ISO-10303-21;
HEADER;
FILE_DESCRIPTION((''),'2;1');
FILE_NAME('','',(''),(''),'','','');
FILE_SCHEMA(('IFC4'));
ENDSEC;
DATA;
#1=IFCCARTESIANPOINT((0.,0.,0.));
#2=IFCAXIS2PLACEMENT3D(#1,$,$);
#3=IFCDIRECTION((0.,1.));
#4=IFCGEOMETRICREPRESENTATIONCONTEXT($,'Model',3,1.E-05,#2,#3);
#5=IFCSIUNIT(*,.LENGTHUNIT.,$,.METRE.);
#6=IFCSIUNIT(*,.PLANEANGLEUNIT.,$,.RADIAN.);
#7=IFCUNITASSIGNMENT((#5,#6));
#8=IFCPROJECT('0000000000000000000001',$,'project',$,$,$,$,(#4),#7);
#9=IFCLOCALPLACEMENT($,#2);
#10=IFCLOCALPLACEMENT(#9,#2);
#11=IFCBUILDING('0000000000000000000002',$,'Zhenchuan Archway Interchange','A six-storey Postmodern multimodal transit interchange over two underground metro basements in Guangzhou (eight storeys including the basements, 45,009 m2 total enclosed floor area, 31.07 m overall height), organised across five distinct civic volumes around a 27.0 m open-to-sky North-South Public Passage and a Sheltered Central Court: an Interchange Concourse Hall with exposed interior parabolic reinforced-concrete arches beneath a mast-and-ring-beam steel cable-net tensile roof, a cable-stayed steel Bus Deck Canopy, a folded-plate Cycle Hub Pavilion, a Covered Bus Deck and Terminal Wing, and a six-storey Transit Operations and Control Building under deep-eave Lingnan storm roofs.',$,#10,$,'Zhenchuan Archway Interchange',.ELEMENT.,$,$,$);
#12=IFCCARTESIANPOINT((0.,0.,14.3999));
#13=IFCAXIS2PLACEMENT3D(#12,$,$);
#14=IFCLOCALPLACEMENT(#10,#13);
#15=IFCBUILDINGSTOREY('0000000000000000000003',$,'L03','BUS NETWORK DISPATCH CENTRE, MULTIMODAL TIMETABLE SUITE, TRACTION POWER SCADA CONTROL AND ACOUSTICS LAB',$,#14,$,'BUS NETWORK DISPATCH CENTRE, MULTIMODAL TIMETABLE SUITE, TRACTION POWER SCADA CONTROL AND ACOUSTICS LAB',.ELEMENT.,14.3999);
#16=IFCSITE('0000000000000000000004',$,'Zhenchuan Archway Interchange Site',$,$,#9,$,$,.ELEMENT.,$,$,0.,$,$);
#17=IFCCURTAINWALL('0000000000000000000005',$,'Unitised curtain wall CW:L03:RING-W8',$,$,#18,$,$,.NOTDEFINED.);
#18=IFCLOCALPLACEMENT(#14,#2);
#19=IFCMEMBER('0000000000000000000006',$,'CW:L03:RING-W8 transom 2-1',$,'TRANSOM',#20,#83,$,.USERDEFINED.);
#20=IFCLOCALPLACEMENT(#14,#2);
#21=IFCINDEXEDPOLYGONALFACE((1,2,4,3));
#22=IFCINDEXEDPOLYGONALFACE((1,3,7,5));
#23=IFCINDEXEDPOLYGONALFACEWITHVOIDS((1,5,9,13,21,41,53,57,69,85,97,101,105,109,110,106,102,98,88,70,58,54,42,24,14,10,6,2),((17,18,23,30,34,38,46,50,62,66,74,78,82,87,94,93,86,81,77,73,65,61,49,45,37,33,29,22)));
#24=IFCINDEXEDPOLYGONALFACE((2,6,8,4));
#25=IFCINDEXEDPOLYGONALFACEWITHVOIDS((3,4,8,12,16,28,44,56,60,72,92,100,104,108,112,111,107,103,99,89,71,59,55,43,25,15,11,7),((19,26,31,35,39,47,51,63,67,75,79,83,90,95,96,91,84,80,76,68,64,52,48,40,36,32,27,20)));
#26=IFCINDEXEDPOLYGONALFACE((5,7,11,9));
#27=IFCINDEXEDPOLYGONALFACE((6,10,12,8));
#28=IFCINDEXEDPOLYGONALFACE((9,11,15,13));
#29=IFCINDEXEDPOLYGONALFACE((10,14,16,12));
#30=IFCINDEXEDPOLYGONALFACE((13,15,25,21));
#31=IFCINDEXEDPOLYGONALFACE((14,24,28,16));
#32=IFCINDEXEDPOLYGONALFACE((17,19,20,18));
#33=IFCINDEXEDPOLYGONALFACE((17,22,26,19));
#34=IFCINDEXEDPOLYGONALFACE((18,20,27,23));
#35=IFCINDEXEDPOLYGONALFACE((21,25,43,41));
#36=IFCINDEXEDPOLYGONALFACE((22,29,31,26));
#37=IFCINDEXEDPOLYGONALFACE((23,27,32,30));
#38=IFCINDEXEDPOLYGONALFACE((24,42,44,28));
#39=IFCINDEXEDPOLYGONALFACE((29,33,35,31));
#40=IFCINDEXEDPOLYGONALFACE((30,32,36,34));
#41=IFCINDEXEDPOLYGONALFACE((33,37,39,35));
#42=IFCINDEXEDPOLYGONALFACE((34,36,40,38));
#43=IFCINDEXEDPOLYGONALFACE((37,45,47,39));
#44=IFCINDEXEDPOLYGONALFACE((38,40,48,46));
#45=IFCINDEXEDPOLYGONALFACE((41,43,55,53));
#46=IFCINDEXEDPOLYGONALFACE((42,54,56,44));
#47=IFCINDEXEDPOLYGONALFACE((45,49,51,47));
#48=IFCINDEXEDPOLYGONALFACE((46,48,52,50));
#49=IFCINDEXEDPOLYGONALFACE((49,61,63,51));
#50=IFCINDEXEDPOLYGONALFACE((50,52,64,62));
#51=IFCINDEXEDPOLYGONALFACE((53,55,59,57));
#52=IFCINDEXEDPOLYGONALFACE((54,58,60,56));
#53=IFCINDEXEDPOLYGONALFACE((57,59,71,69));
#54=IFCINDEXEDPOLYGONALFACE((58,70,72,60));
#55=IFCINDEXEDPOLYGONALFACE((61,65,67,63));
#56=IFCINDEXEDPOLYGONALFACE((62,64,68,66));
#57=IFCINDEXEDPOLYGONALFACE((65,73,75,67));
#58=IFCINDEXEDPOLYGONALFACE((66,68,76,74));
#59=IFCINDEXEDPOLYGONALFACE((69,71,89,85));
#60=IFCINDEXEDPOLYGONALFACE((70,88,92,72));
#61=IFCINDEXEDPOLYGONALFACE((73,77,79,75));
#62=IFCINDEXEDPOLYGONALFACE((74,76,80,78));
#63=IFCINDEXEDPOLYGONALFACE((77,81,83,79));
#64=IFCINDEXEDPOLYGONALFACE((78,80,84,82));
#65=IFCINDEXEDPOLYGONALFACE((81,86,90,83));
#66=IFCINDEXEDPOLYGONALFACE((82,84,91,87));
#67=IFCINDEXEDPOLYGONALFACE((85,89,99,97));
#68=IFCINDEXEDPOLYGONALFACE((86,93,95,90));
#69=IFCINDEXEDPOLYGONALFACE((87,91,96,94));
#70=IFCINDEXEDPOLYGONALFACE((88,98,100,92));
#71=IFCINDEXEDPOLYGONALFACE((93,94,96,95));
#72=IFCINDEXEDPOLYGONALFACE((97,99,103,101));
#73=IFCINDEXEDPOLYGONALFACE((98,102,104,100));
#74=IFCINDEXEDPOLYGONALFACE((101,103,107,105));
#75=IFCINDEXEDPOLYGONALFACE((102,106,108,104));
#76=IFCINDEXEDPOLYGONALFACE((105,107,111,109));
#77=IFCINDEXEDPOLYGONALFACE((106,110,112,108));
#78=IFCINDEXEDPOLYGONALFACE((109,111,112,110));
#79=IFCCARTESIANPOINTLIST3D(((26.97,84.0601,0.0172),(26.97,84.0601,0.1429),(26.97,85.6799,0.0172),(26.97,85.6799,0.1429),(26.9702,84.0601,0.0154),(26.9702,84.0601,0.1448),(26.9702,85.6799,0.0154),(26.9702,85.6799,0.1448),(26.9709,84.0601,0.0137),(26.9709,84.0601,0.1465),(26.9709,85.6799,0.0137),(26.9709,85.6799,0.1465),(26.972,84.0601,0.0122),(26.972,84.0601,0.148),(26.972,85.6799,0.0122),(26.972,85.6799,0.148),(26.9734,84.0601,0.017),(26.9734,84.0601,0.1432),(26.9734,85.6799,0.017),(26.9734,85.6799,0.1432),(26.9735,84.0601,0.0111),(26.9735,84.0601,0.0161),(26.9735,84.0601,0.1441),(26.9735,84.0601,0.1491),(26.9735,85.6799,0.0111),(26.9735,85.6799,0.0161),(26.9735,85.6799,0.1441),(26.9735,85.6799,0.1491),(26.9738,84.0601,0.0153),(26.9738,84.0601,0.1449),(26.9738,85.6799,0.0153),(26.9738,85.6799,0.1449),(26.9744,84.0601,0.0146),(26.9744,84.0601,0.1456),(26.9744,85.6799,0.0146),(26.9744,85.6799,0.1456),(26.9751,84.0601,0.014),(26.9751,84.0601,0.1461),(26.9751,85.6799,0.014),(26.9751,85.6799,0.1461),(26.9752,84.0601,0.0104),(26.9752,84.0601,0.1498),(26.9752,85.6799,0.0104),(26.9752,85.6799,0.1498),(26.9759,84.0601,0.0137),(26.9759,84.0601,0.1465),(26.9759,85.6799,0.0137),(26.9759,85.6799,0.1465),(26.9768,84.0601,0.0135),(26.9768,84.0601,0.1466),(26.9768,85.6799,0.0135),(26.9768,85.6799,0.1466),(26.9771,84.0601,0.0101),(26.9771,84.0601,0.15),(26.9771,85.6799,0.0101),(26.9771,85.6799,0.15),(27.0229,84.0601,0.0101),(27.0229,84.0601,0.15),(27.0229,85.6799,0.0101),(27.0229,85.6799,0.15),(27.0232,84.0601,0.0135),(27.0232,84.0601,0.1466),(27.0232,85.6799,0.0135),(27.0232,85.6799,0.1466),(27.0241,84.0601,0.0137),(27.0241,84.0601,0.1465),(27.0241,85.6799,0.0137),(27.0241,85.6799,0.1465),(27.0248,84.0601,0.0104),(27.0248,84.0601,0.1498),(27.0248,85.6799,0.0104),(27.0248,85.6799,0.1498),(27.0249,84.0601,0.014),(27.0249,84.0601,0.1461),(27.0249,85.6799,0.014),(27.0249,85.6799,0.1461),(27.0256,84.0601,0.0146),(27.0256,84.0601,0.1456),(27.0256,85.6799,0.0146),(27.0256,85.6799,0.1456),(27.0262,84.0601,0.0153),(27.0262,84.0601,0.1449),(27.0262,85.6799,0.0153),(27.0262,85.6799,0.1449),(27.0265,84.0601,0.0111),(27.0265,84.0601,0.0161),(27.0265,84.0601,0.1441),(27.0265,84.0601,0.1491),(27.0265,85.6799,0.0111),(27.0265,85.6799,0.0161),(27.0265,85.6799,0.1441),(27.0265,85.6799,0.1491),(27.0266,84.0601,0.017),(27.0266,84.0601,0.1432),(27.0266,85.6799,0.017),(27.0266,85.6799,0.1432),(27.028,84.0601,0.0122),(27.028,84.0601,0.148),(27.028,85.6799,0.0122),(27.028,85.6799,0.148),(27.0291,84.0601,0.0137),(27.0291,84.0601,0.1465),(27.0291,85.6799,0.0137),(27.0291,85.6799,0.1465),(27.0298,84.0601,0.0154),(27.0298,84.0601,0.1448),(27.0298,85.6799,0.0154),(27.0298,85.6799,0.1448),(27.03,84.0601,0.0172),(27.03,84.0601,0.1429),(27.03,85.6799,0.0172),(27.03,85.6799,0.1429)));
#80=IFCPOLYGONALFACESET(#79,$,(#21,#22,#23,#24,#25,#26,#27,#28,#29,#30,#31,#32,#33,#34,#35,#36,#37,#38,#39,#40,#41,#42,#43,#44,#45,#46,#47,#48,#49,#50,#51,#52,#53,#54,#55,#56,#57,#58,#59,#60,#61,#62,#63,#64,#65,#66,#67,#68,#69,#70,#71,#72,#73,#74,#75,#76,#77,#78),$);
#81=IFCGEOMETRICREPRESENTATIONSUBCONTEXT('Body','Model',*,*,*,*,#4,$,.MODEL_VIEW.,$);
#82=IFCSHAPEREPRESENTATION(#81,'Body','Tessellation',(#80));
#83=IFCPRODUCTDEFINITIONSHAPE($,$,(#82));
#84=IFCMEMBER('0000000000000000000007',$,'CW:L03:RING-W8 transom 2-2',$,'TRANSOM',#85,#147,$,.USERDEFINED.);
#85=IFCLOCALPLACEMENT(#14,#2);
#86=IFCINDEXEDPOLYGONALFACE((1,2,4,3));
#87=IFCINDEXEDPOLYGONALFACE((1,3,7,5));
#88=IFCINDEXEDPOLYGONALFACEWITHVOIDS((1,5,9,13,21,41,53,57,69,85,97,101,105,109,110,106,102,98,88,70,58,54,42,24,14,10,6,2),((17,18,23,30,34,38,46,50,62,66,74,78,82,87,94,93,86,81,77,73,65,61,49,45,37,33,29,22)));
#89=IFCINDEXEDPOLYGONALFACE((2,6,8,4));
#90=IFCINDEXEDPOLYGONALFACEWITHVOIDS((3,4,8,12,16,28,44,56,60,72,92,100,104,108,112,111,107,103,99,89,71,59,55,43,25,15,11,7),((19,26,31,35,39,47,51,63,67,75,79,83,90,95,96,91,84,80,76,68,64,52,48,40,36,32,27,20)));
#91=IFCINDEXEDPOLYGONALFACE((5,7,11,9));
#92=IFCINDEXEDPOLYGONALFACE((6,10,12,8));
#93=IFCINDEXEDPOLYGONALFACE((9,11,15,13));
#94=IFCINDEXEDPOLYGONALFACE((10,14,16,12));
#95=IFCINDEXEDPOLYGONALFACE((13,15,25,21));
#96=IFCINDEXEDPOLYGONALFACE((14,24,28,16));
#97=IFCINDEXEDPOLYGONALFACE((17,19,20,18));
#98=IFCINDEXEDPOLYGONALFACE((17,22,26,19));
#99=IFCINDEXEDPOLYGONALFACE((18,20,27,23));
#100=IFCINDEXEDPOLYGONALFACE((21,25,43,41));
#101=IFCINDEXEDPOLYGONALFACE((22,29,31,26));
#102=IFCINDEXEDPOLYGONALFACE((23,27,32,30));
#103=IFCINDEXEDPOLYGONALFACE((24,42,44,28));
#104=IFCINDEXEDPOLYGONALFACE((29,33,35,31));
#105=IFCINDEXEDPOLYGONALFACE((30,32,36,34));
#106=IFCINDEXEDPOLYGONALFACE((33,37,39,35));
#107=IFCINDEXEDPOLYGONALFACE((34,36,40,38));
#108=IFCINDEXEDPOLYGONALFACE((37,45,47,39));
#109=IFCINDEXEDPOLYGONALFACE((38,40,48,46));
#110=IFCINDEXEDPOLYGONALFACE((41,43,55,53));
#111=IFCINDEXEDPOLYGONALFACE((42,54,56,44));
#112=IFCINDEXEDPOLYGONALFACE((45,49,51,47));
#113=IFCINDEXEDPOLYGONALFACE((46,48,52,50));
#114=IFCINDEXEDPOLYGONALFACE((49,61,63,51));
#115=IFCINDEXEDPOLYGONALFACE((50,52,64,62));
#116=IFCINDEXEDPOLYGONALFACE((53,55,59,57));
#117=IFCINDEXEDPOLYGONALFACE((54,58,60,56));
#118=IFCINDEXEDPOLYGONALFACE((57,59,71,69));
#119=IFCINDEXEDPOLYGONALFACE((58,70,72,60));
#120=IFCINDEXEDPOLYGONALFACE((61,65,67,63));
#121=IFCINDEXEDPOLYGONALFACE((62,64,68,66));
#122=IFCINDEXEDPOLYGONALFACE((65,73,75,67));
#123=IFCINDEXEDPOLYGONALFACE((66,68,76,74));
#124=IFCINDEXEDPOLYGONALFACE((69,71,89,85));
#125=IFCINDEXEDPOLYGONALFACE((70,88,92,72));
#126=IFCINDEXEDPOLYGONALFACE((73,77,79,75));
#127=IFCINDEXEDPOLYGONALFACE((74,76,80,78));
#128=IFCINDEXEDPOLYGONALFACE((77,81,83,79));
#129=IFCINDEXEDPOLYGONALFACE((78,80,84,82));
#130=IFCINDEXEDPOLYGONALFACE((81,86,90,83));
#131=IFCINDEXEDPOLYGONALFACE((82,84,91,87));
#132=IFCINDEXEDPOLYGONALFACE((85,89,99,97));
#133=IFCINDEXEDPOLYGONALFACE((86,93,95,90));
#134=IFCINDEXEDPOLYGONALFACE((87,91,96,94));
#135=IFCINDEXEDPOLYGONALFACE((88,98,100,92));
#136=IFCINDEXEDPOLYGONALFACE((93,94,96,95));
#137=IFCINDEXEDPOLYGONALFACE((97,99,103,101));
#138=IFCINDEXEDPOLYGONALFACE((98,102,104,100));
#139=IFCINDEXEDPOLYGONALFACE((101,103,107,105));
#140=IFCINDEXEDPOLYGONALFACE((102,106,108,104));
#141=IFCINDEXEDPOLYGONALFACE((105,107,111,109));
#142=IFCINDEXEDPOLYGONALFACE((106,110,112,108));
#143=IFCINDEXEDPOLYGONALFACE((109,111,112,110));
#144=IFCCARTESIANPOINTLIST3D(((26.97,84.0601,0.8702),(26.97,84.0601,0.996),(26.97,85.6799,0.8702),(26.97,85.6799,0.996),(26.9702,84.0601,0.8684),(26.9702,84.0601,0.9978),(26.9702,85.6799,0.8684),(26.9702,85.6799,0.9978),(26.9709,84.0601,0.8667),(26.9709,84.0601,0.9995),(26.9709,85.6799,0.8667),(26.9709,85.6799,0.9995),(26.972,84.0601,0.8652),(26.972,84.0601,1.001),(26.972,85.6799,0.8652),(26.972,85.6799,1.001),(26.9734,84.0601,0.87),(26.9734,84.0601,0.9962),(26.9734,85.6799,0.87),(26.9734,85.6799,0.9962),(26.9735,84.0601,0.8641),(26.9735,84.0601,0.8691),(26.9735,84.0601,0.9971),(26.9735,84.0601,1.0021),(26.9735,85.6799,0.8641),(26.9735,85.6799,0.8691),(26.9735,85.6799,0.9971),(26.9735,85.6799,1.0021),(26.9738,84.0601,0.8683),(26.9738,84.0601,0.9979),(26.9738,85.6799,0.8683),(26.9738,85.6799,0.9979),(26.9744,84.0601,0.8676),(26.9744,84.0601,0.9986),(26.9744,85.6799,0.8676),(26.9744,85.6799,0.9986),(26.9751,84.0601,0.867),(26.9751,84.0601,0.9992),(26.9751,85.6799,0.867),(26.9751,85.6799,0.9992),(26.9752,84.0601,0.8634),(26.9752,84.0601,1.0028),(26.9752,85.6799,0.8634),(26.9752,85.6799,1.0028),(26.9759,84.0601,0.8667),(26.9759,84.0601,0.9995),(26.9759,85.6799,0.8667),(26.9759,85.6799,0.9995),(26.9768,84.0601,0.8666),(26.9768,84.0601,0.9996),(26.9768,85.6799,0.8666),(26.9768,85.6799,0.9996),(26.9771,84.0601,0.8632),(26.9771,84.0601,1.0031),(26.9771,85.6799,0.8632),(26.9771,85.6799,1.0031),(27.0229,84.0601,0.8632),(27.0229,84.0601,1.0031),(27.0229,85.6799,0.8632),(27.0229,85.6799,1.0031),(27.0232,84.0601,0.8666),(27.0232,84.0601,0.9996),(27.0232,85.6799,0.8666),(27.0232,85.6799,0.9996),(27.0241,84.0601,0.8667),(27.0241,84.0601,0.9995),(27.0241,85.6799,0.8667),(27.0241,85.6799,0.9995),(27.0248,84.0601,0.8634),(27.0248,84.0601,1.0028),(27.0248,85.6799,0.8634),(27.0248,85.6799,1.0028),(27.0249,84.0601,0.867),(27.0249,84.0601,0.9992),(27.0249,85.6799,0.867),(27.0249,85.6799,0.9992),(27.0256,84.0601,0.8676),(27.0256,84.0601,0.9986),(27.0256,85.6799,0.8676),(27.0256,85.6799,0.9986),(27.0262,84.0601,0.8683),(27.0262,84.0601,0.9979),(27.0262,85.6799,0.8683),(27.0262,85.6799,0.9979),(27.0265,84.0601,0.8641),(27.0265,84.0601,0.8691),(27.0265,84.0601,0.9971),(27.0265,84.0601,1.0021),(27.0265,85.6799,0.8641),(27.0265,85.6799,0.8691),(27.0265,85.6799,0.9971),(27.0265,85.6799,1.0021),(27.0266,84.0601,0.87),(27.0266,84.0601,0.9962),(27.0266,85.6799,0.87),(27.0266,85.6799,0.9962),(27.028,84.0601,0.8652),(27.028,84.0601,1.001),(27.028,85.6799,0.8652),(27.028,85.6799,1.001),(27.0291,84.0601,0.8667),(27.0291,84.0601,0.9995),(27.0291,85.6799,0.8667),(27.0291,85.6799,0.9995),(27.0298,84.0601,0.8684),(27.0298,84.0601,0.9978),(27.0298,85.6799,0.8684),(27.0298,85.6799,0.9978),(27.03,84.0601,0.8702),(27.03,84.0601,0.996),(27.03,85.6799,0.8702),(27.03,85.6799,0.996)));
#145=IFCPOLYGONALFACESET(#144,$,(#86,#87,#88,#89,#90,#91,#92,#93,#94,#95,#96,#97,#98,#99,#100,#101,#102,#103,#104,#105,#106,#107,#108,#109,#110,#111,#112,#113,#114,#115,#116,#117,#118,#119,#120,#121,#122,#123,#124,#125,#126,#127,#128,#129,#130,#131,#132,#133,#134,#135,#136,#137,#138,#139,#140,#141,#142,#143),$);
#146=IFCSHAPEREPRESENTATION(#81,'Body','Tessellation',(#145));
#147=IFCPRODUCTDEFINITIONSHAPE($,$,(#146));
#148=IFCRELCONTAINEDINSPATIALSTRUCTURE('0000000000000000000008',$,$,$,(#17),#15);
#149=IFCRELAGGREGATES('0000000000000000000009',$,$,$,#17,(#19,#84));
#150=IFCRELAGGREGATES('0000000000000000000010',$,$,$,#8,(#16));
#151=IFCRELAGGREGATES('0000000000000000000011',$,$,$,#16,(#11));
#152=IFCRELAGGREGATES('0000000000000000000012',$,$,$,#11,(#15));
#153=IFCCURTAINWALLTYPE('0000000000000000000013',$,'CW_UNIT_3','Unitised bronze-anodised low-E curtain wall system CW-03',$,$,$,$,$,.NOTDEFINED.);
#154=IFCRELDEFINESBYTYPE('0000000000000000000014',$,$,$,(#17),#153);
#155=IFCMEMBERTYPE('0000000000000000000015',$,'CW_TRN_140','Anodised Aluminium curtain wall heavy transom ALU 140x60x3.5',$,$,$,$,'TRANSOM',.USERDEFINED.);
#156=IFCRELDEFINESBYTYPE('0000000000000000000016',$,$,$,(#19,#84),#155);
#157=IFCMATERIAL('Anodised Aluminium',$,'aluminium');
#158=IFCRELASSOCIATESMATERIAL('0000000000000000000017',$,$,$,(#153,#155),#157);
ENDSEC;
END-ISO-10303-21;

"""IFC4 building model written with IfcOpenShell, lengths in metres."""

from ifc_helpers import new_model, si_unit, direction, frame, origin, origin_2d, place, context, subcontext, project, spatial, hollow_rectangle, extrude, material, material_profile, profile_set, type_object, element, aggregate, save


model = new_model("IFC4")

# Units and contexts
model_context = context("Model", 3, precision=1e-05, world=origin(), true_north=direction((0.0, 1.0)))
body_context = subcontext(model_context, "Body", "Model", "MODEL_VIEW")
ifc_project = project(units=[si_unit("LENGTHUNIT", "METRE"), si_unit("PLANEANGLEUNIT", "RADIAN")], contexts=[model_context])

# Site, building, storey
site_placement = place(None, origin())
site = spatial("IfcSite", under=ifc_project, at=site_placement, Name="Zhenchuan Archway Interchange Site", CompositionType="ELEMENT", RefElevation=0.0)
building_placement = place(site_placement, origin())
building = spatial("IfcBuilding", under=site, at=building_placement, Name="Zhenchuan Archway Interchange", Description="A six-storey Postmodern multimodal transit interchange over two underground metro basements in Guangzhou (eight storeys including the basements, 45,009 m2 total enclosed floor area, 31.07 m overall height), organised across five distinct civic volumes around a 27.0 m open-to-sky North-South Public Passage and a Sheltered Central Court: an Interchange Concourse Hall with exposed interior parabolic reinforced-concrete arches beneath a mast-and-ring-beam steel cable-net tensile roof, a cable-stayed steel Bus Deck Canopy, a folded-plate Cycle Hub Pavilion, a Covered Bus Deck and Terminal Wing, and a six-storey Transit Operations and Control Building under deep-eave Lingnan storm roofs.", LongName="Zhenchuan Archway Interchange", CompositionType="ELEMENT")
storey_placement = place(building_placement, frame((0.0, 0.0, 14.3999)))
storey = spatial("IfcBuildingStorey", under=building, at=storey_placement, Name="L03", Description="BUS NETWORK DISPATCH CENTRE, MULTIMODAL TIMETABLE SUITE, TRACTION POWER SCADA CONTROL AND ACOUSTICS LAB", LongName="BUS NETWORK DISPATCH CENTRE, MULTIMODAL TIMETABLE SUITE, TRACTION POWER SCADA CONTROL AND ACOUSTICS LAB", CompositionType="ELEMENT", Elevation=14.3999)

# Curtain wall, members
ifc_material_1 = material(Name="Anodised Aluminium", Category="aluminium")
curtain_wall_type = type_object("IfcCurtainWallType", Name="CW_UNIT_3", Description="Unitised bronze-anodised low-E curtain wall system CW-03", PredefinedType="NOTDEFINED", material=ifc_material_1)
curtain_wall_placement = place(storey_placement, origin())
curtain_wall = element("IfcCurtainWall", 1, at=curtain_wall_placement, inside=storey, type_object=curtain_wall_type, Name="Unitised curtain wall CW:L03:RING-W8", PredefinedType="NOTDEFINED")
ifc_material_profile_1 = material_profile(ifc_material_1, hollow_rectangle(XDim=0.0601, YDim=0.1399, WallThickness=0.0034, InnerFilletRadius=0.0034, OuterFilletRadius=0.0071, at=origin_2d()), Name="ALU 140x60x3.5")
ifc_profile_set_1 = profile_set([ifc_material_profile_1], Name="Anodised Aluminium")
member_type_1 = type_object("IfcMemberType", Name="CW_TRN_140", Description="Anodised Aluminium curtain wall heavy transom ALU 140x60x3.5", ElementType="TRANSOM", PredefinedType="USERDEFINED", material=ifc_profile_set_1)
member_1_placement = place(storey_placement, frame((27.0, 84.0601, 0.0801), z_axis=(0.0, 1.0, 0.0), x_axis=(-1.0, 0.0, 0.0)))
member_1 = element("IfcMember", 2, at=member_1_placement, type_object=member_type_1, Name="CW:L03:RING-W8 transom 2-1", ObjectType="TRANSOM", PredefinedType="USERDEFINED", context=body_context, shape_type="SweptSolid", body=[
    extrude(hollow_rectangle(XDim=0.0601, YDim=0.1399, WallThickness=0.0034, InnerFilletRadius=0.0034, OuterFilletRadius=0.0071, at=origin_2d()), origin(), (0.0, 0.0, 1.0), 1.6199),
])
member_2_placement = place(storey_placement, frame((27.0, 84.0601, 0.9331), z_axis=(0.0, 1.0, 0.0), x_axis=(-1.0, 0.0, 0.0)))
member_2 = element("IfcMember", 3, at=member_2_placement, type_object=member_type_1, Name="CW:L03:RING-W8 transom 2-2", ObjectType="TRANSOM", PredefinedType="USERDEFINED", context=body_context, shape_type="SweptSolid", body=[
    extrude(hollow_rectangle(XDim=0.0601, YDim=0.1399, WallThickness=0.0034, InnerFilletRadius=0.0034, OuterFilletRadius=0.0071, at=origin_2d()), origin(), (0.0, 0.0, 1.0), 1.6199),
])

aggregate(curtain_wall, [member_1, member_2])

save(model, "model.ifc")
